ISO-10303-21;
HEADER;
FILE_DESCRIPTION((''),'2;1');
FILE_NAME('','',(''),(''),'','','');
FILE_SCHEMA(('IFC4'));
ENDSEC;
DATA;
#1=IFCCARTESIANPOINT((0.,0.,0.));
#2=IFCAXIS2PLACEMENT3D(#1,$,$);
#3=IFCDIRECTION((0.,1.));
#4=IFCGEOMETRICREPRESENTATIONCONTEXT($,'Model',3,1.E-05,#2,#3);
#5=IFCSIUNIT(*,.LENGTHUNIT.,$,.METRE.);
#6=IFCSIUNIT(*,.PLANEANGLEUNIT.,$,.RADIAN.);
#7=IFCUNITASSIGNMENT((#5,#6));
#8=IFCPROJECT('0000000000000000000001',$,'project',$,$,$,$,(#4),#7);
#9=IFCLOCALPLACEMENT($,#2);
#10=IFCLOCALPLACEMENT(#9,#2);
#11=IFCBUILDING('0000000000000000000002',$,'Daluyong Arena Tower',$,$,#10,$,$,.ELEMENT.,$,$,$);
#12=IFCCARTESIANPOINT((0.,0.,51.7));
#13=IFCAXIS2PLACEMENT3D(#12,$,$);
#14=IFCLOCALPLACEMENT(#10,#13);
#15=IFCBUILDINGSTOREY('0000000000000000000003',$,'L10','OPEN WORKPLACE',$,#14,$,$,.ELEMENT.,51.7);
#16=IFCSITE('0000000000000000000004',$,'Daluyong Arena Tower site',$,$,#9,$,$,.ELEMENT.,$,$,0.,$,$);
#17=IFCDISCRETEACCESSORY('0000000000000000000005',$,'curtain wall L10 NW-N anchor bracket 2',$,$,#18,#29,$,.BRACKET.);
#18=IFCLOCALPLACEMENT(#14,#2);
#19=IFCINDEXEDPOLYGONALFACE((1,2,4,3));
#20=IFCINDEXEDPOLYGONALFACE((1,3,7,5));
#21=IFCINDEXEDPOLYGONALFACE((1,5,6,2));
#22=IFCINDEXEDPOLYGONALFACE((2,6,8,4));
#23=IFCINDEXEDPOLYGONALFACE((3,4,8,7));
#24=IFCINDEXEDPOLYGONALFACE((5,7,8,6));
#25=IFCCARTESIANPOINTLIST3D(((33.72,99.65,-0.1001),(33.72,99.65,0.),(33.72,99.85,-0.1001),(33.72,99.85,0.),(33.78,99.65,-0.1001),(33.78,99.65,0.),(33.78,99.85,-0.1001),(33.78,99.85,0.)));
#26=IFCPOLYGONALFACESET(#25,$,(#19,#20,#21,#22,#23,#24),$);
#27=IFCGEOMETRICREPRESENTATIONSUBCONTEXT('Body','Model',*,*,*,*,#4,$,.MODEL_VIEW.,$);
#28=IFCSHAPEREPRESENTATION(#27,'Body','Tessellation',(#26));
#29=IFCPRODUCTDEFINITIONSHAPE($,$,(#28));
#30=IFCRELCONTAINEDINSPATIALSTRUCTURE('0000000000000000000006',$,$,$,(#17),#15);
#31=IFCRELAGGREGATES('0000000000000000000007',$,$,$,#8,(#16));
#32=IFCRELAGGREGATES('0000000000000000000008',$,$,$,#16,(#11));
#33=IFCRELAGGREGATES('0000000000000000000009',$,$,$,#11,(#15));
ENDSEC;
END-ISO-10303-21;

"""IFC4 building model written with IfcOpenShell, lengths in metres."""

from ifc_helpers import new_model, si_unit, direction, frame, origin, origin_2d, place, context, subcontext, project, spatial, rectangle, extrude, element, save


model = new_model("IFC4")

# Units and contexts
model_context = context("Model", 3, precision=1e-05, world=origin(), true_north=direction((0.0, 1.0)))
body_context = subcontext(model_context, "Body", "Model", "MODEL_VIEW")
ifc_project = project(units=[si_unit("LENGTHUNIT", "METRE"), si_unit("PLANEANGLEUNIT", "RADIAN")], contexts=[model_context])

# Site, building, storey
site_placement = place(None, origin())
site = spatial("IfcSite", under=ifc_project, at=site_placement, Name="Daluyong Arena Tower site", CompositionType="ELEMENT", RefElevation=0.0)
building_placement = place(site_placement, origin())
building = spatial("IfcBuilding", under=site, at=building_placement, Name="Daluyong Arena Tower", CompositionType="ELEMENT")
storey_placement = place(building_placement, frame((0.0, 0.0, 51.7)))
storey = spatial("IfcBuildingStorey", under=building, at=storey_placement, Name="L10", Description="OPEN WORKPLACE", CompositionType="ELEMENT", Elevation=51.7)

# Discrete accessory
for number, where, z_axis, x_axis, name in (
    (1, (33.75, 99.75, -0.1001), (0.0, 0.0, 1.0), (-1.0, 0.0, 0.0), "curtain wall L10 NW-N anchor bracket 2"),
):
    element("IfcDiscreteAccessory", number, at=place(storey_placement, frame(where, z_axis=z_axis, x_axis=x_axis)), inside=storey, Name=name, PredefinedType="BRACKET", context=body_context, shape_type="SweptSolid", body=[
        extrude(rectangle(XDim=0.0601, YDim=0.2, at=origin_2d()), origin(), (0.0, 0.0, 1.0), 0.1001),
    ])

save(model, "model.ifc")
